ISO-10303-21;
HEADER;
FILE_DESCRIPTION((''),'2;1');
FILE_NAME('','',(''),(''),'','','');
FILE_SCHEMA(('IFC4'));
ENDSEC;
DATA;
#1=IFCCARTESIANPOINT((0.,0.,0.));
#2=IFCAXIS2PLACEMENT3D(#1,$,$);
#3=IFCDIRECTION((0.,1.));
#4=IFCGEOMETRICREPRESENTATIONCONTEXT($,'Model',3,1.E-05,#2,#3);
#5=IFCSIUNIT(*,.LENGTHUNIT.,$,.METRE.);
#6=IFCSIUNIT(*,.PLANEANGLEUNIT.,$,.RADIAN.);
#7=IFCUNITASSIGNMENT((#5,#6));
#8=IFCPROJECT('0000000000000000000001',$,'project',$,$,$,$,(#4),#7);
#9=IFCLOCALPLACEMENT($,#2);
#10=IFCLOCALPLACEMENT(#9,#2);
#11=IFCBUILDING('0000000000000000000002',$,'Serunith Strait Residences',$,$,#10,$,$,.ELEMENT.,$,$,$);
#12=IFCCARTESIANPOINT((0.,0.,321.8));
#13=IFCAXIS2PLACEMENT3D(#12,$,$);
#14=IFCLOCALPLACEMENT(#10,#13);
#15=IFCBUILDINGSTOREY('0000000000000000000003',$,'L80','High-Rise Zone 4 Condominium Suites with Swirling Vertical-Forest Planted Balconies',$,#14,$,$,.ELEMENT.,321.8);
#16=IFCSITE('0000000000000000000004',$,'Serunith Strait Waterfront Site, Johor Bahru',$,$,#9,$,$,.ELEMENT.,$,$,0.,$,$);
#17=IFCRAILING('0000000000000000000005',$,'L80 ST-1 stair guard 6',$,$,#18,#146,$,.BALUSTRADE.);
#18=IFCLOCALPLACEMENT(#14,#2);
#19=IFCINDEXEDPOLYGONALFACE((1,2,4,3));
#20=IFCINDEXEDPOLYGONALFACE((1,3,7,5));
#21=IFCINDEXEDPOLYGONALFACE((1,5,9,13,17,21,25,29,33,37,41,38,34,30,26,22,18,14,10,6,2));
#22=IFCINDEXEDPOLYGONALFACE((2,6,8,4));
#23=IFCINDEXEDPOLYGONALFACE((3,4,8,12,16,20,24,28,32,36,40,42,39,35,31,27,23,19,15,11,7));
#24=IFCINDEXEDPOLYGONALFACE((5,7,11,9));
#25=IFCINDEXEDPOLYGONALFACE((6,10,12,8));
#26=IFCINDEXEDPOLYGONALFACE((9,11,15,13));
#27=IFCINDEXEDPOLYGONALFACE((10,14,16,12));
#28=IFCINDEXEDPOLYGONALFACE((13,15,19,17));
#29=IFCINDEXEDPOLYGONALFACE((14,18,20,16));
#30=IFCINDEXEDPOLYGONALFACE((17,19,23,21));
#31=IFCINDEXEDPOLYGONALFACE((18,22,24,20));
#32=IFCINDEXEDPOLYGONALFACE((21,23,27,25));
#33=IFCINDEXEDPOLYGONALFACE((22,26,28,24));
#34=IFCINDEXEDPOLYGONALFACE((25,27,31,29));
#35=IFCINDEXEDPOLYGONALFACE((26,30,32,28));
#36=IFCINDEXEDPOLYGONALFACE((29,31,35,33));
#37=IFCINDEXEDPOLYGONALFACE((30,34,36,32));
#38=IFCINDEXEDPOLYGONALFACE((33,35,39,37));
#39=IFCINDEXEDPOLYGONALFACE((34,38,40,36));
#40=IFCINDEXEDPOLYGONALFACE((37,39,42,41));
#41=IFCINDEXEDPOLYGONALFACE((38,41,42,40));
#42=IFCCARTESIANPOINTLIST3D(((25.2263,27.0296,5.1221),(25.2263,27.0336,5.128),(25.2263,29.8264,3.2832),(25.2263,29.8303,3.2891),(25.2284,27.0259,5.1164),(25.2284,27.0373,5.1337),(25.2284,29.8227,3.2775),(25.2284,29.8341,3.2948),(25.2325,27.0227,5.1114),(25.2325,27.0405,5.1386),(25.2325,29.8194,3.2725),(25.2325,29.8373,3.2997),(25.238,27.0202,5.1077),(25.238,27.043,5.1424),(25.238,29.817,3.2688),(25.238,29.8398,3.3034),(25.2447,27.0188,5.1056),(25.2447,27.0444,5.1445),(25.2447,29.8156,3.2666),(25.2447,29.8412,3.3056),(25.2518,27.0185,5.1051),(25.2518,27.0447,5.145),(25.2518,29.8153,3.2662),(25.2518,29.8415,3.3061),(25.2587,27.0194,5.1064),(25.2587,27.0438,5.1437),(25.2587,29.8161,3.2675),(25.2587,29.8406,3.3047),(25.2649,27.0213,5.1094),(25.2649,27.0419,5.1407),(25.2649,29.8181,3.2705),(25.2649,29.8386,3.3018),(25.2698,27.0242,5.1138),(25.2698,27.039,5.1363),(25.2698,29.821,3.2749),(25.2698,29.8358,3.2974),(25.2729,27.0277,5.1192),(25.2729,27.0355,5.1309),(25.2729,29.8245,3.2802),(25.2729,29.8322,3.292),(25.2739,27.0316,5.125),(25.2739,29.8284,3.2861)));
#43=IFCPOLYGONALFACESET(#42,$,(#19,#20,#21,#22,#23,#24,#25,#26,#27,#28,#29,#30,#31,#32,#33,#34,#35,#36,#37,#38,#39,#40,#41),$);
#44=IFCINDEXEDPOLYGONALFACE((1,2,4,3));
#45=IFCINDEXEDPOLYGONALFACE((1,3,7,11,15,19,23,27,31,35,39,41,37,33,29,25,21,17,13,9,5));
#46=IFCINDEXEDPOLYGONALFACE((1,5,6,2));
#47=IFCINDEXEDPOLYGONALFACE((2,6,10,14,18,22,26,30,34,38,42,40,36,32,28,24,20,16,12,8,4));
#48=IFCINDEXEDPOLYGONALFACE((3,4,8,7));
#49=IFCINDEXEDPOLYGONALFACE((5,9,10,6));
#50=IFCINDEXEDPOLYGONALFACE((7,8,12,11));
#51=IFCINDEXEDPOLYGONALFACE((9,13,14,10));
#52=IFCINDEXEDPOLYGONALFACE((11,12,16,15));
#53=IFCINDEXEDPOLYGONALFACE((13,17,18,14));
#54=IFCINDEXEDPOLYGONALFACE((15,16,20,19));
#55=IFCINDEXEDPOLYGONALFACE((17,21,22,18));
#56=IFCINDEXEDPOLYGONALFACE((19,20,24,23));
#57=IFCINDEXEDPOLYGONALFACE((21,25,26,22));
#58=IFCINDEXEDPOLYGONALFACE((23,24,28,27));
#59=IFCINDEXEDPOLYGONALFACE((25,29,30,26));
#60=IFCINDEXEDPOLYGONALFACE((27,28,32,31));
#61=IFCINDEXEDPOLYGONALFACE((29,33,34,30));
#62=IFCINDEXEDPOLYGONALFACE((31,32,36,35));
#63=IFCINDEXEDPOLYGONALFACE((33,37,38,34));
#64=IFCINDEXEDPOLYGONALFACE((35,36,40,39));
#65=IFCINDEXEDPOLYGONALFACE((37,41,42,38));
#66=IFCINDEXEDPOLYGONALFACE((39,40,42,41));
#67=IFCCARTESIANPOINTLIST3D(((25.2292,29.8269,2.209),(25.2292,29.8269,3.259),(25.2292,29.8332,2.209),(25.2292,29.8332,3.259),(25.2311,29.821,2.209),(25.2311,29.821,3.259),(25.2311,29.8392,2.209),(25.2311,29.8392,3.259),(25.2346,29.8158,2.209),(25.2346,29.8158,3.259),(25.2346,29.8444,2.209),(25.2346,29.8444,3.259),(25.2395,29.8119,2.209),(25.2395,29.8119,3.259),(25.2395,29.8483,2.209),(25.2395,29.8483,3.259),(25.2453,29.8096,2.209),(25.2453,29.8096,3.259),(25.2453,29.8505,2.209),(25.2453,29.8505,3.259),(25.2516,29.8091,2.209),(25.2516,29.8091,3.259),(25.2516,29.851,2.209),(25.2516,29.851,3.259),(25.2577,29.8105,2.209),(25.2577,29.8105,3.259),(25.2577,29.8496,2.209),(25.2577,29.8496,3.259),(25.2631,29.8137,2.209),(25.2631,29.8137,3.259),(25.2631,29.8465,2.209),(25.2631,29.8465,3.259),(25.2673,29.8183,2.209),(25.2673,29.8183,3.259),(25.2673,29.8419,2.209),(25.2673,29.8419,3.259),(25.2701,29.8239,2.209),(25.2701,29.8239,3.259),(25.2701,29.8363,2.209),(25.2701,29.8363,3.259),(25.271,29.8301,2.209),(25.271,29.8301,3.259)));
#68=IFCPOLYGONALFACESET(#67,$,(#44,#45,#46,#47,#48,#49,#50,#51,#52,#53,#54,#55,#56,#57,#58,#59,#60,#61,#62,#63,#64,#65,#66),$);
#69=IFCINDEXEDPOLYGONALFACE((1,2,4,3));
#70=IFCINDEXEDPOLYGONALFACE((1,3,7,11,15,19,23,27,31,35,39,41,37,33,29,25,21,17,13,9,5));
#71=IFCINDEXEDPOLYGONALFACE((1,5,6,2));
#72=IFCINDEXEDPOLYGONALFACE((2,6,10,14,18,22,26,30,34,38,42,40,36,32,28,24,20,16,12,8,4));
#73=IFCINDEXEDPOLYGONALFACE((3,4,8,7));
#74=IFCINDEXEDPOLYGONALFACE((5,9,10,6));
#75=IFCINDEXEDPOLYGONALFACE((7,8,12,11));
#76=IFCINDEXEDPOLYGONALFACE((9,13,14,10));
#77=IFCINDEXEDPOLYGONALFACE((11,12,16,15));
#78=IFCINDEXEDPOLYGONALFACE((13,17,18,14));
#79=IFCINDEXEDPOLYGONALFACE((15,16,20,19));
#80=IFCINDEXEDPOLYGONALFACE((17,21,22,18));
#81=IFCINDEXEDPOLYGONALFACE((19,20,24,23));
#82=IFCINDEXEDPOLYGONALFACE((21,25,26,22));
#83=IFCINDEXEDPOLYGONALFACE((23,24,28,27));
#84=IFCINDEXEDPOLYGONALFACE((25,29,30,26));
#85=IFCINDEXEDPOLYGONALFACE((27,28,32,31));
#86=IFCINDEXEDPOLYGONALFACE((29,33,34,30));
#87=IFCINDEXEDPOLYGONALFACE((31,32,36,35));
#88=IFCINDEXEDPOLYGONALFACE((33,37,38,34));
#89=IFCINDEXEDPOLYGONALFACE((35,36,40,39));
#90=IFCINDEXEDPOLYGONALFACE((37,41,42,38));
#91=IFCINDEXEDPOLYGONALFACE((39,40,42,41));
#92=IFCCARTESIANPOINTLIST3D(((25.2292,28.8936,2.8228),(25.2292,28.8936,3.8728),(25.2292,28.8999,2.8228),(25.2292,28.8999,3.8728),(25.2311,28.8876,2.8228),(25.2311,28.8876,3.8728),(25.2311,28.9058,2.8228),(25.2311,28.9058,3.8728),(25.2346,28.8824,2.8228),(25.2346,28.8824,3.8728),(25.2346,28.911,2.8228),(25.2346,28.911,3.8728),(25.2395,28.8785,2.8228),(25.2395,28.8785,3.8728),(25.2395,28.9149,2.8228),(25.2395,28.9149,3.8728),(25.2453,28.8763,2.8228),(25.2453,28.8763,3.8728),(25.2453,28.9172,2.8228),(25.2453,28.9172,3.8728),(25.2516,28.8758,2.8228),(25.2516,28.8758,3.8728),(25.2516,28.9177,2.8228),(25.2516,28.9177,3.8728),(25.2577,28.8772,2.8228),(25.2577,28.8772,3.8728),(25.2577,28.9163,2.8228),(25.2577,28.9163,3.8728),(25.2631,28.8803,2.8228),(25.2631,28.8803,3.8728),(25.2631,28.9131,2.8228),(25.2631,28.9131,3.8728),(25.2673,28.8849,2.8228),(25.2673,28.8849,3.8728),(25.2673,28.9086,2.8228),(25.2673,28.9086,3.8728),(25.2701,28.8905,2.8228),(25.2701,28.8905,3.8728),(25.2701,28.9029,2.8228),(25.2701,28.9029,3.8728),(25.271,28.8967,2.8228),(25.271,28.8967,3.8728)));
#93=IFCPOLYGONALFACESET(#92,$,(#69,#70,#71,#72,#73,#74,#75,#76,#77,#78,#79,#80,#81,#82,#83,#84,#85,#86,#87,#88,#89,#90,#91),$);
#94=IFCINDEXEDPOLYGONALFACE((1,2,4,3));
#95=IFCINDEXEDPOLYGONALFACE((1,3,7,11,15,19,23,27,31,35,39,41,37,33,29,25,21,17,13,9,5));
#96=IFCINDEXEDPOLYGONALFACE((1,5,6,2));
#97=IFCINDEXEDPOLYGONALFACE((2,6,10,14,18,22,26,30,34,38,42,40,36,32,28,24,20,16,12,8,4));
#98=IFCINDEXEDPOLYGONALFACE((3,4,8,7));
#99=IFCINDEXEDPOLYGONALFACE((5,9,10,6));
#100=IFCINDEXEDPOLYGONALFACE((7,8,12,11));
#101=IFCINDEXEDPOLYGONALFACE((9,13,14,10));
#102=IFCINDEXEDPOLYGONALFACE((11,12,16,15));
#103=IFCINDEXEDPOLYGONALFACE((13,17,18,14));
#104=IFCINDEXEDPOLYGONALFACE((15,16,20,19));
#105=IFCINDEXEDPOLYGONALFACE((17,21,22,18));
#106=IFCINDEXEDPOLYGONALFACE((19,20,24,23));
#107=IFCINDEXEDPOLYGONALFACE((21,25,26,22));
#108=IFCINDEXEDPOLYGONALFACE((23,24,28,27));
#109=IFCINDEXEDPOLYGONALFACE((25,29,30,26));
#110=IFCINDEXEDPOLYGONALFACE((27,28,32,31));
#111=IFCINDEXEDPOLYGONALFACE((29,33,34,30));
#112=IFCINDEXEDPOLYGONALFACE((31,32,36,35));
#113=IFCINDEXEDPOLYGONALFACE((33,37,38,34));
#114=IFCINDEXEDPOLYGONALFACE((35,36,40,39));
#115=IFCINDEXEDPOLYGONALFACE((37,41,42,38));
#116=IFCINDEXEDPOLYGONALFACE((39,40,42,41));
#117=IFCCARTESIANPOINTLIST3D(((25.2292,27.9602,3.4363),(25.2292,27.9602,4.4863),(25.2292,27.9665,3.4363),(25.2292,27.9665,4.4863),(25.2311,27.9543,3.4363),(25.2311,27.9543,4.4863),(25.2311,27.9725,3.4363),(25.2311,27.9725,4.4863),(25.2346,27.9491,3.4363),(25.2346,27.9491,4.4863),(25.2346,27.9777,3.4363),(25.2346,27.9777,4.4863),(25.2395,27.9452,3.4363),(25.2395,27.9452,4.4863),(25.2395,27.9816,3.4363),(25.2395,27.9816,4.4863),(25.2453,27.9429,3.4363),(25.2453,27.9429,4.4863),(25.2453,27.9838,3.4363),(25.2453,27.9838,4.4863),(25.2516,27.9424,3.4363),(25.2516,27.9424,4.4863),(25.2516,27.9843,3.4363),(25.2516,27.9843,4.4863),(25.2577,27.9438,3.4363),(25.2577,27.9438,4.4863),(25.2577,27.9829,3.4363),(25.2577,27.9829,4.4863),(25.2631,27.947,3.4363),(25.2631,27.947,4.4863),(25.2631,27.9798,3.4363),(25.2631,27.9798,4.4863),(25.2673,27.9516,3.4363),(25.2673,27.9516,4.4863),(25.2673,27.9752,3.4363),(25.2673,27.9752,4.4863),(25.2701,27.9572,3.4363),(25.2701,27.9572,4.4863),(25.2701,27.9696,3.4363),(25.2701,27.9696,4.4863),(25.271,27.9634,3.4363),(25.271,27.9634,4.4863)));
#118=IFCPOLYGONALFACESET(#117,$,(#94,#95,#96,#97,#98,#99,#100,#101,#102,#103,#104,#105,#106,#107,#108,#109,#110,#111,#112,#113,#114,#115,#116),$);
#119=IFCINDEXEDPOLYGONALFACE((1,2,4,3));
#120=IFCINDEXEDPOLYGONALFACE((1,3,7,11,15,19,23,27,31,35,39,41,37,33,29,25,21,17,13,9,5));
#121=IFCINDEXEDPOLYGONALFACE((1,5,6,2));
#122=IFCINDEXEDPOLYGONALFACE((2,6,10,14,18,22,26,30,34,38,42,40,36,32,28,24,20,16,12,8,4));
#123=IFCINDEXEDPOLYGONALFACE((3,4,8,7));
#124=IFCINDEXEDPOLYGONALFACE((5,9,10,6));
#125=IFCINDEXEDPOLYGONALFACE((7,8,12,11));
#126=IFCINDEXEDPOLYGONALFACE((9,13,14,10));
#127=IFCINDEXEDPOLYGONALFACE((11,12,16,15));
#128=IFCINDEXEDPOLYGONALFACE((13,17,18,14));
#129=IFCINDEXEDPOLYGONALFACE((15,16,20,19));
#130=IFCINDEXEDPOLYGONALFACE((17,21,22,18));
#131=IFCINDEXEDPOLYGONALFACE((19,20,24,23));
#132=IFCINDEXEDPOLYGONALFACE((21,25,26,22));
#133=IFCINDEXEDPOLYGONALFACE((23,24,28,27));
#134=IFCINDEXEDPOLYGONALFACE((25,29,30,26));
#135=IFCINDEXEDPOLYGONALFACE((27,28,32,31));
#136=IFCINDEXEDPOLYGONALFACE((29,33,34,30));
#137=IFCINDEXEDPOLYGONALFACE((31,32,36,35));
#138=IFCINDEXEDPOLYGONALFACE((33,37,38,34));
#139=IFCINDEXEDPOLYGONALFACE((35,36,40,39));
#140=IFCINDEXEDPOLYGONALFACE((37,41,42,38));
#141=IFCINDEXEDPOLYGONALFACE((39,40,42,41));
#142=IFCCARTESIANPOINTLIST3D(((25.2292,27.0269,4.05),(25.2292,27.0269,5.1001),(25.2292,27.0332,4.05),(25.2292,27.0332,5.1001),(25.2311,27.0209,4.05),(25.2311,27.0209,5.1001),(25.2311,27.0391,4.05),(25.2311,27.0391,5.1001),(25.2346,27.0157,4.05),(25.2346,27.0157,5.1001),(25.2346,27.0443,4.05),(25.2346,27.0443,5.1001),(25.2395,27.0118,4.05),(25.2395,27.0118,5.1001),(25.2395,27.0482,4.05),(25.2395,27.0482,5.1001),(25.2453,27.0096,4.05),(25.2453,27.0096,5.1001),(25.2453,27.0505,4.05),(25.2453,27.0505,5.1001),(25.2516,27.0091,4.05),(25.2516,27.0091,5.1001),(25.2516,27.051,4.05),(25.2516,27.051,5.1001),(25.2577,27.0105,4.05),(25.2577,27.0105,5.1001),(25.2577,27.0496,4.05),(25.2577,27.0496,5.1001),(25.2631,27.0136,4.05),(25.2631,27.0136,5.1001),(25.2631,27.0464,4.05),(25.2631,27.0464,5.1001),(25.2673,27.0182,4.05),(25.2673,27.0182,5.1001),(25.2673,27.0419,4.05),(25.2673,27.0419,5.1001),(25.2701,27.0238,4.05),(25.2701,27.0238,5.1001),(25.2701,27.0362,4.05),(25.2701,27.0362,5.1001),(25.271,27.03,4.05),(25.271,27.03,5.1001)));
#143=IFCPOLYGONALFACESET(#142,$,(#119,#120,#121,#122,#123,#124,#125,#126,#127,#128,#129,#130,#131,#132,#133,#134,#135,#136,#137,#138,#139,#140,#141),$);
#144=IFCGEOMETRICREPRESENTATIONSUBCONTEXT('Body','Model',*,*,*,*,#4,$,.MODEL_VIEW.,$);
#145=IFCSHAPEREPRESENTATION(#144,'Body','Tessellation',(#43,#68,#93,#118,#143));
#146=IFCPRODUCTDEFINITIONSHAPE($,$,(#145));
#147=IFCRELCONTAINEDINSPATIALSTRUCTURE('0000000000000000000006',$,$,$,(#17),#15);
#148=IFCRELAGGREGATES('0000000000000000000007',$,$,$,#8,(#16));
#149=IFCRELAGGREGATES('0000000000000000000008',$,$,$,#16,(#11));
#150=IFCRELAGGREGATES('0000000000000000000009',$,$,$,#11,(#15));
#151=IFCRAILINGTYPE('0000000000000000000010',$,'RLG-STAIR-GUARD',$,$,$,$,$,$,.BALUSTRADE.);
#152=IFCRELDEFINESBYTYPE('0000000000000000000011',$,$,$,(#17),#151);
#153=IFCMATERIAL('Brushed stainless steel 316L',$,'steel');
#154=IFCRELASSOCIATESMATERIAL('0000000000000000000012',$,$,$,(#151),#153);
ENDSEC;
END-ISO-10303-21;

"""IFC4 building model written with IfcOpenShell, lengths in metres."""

from ifc_helpers import new_model, si_unit, direction, frame, origin, origin_2d, place, context, subcontext, project, spatial, circle, extrude, material, type_object, element, save


model = new_model("IFC4")

# Units and contexts
model_context = context("Model", 3, precision=1e-05, world=origin(), true_north=direction((0.0, 1.0)))
body_context = subcontext(model_context, "Body", "Model", "MODEL_VIEW")
ifc_project = project(units=[si_unit("LENGTHUNIT", "METRE"), si_unit("PLANEANGLEUNIT", "RADIAN")], contexts=[model_context])

# Site, building, storey
site_placement = place(None, origin())
site = spatial("IfcSite", under=ifc_project, at=site_placement, Name="Serunith Strait Waterfront Site, Johor Bahru", CompositionType="ELEMENT", RefElevation=0.0)
building_placement = place(site_placement, origin())
building = spatial("IfcBuilding", under=site, at=building_placement, Name="Serunith Strait Residences", CompositionType="ELEMENT")
storey_placement = place(building_placement, frame((0.0, 0.0, 321.8)))
storey = spatial("IfcBuildingStorey", under=building, at=storey_placement, Name="L80", Description="High-Rise Zone 4 Condominium Suites with Swirling Vertical-Forest Planted Balconies", CompositionType="ELEMENT", Elevation=321.8)

# Railing
ifc_material_1 = material(Name="Brushed stainless steel 316L", Category="steel")
railing_type_1 = type_object("IfcRailingType", Name="RLG-STAIR-GUARD", PredefinedType="BALUSTRADE", material=ifc_material_1)
railing_1_placement = place(storey_placement, frame((25.25, 29.8301, 2.209)))
element("IfcRailing", 1, at=railing_1_placement, inside=storey, type_object=railing_type_1, Name="L80 ST-1 stair guard 6", PredefinedType="BALUSTRADE", context=body_context, shape_type="SweptSolid", body=[
    extrude(circle(Radius=0.0239, at=origin_2d()), frame((0.0, -0.0017, 1.0771), z_axis=(0.0, -0.835564, 0.549393), x_axis=(1.0, 0.0, 0.0)), (0.0, 0.0, 1.0), 3.3472),
    extrude(circle(Radius=0.021, at=origin_2d()), origin(), (0.0, 0.0, 1.0), 1.05),
    extrude(circle(Radius=0.021, at=origin_2d()), frame((0.0, -0.9333, 0.6138)), (0.0, 0.0, 1.0), 1.05),
    extrude(circle(Radius=0.021, at=origin_2d()), frame((0.0, -1.8667, 1.2273)), (0.0, 0.0, 1.0), 1.05),
    extrude(circle(Radius=0.021, at=origin_2d()), frame((0.0, -2.8, 1.8411)), (0.0, 0.0, 1.0), 1.05),
])

save(model, "model.ifc")
